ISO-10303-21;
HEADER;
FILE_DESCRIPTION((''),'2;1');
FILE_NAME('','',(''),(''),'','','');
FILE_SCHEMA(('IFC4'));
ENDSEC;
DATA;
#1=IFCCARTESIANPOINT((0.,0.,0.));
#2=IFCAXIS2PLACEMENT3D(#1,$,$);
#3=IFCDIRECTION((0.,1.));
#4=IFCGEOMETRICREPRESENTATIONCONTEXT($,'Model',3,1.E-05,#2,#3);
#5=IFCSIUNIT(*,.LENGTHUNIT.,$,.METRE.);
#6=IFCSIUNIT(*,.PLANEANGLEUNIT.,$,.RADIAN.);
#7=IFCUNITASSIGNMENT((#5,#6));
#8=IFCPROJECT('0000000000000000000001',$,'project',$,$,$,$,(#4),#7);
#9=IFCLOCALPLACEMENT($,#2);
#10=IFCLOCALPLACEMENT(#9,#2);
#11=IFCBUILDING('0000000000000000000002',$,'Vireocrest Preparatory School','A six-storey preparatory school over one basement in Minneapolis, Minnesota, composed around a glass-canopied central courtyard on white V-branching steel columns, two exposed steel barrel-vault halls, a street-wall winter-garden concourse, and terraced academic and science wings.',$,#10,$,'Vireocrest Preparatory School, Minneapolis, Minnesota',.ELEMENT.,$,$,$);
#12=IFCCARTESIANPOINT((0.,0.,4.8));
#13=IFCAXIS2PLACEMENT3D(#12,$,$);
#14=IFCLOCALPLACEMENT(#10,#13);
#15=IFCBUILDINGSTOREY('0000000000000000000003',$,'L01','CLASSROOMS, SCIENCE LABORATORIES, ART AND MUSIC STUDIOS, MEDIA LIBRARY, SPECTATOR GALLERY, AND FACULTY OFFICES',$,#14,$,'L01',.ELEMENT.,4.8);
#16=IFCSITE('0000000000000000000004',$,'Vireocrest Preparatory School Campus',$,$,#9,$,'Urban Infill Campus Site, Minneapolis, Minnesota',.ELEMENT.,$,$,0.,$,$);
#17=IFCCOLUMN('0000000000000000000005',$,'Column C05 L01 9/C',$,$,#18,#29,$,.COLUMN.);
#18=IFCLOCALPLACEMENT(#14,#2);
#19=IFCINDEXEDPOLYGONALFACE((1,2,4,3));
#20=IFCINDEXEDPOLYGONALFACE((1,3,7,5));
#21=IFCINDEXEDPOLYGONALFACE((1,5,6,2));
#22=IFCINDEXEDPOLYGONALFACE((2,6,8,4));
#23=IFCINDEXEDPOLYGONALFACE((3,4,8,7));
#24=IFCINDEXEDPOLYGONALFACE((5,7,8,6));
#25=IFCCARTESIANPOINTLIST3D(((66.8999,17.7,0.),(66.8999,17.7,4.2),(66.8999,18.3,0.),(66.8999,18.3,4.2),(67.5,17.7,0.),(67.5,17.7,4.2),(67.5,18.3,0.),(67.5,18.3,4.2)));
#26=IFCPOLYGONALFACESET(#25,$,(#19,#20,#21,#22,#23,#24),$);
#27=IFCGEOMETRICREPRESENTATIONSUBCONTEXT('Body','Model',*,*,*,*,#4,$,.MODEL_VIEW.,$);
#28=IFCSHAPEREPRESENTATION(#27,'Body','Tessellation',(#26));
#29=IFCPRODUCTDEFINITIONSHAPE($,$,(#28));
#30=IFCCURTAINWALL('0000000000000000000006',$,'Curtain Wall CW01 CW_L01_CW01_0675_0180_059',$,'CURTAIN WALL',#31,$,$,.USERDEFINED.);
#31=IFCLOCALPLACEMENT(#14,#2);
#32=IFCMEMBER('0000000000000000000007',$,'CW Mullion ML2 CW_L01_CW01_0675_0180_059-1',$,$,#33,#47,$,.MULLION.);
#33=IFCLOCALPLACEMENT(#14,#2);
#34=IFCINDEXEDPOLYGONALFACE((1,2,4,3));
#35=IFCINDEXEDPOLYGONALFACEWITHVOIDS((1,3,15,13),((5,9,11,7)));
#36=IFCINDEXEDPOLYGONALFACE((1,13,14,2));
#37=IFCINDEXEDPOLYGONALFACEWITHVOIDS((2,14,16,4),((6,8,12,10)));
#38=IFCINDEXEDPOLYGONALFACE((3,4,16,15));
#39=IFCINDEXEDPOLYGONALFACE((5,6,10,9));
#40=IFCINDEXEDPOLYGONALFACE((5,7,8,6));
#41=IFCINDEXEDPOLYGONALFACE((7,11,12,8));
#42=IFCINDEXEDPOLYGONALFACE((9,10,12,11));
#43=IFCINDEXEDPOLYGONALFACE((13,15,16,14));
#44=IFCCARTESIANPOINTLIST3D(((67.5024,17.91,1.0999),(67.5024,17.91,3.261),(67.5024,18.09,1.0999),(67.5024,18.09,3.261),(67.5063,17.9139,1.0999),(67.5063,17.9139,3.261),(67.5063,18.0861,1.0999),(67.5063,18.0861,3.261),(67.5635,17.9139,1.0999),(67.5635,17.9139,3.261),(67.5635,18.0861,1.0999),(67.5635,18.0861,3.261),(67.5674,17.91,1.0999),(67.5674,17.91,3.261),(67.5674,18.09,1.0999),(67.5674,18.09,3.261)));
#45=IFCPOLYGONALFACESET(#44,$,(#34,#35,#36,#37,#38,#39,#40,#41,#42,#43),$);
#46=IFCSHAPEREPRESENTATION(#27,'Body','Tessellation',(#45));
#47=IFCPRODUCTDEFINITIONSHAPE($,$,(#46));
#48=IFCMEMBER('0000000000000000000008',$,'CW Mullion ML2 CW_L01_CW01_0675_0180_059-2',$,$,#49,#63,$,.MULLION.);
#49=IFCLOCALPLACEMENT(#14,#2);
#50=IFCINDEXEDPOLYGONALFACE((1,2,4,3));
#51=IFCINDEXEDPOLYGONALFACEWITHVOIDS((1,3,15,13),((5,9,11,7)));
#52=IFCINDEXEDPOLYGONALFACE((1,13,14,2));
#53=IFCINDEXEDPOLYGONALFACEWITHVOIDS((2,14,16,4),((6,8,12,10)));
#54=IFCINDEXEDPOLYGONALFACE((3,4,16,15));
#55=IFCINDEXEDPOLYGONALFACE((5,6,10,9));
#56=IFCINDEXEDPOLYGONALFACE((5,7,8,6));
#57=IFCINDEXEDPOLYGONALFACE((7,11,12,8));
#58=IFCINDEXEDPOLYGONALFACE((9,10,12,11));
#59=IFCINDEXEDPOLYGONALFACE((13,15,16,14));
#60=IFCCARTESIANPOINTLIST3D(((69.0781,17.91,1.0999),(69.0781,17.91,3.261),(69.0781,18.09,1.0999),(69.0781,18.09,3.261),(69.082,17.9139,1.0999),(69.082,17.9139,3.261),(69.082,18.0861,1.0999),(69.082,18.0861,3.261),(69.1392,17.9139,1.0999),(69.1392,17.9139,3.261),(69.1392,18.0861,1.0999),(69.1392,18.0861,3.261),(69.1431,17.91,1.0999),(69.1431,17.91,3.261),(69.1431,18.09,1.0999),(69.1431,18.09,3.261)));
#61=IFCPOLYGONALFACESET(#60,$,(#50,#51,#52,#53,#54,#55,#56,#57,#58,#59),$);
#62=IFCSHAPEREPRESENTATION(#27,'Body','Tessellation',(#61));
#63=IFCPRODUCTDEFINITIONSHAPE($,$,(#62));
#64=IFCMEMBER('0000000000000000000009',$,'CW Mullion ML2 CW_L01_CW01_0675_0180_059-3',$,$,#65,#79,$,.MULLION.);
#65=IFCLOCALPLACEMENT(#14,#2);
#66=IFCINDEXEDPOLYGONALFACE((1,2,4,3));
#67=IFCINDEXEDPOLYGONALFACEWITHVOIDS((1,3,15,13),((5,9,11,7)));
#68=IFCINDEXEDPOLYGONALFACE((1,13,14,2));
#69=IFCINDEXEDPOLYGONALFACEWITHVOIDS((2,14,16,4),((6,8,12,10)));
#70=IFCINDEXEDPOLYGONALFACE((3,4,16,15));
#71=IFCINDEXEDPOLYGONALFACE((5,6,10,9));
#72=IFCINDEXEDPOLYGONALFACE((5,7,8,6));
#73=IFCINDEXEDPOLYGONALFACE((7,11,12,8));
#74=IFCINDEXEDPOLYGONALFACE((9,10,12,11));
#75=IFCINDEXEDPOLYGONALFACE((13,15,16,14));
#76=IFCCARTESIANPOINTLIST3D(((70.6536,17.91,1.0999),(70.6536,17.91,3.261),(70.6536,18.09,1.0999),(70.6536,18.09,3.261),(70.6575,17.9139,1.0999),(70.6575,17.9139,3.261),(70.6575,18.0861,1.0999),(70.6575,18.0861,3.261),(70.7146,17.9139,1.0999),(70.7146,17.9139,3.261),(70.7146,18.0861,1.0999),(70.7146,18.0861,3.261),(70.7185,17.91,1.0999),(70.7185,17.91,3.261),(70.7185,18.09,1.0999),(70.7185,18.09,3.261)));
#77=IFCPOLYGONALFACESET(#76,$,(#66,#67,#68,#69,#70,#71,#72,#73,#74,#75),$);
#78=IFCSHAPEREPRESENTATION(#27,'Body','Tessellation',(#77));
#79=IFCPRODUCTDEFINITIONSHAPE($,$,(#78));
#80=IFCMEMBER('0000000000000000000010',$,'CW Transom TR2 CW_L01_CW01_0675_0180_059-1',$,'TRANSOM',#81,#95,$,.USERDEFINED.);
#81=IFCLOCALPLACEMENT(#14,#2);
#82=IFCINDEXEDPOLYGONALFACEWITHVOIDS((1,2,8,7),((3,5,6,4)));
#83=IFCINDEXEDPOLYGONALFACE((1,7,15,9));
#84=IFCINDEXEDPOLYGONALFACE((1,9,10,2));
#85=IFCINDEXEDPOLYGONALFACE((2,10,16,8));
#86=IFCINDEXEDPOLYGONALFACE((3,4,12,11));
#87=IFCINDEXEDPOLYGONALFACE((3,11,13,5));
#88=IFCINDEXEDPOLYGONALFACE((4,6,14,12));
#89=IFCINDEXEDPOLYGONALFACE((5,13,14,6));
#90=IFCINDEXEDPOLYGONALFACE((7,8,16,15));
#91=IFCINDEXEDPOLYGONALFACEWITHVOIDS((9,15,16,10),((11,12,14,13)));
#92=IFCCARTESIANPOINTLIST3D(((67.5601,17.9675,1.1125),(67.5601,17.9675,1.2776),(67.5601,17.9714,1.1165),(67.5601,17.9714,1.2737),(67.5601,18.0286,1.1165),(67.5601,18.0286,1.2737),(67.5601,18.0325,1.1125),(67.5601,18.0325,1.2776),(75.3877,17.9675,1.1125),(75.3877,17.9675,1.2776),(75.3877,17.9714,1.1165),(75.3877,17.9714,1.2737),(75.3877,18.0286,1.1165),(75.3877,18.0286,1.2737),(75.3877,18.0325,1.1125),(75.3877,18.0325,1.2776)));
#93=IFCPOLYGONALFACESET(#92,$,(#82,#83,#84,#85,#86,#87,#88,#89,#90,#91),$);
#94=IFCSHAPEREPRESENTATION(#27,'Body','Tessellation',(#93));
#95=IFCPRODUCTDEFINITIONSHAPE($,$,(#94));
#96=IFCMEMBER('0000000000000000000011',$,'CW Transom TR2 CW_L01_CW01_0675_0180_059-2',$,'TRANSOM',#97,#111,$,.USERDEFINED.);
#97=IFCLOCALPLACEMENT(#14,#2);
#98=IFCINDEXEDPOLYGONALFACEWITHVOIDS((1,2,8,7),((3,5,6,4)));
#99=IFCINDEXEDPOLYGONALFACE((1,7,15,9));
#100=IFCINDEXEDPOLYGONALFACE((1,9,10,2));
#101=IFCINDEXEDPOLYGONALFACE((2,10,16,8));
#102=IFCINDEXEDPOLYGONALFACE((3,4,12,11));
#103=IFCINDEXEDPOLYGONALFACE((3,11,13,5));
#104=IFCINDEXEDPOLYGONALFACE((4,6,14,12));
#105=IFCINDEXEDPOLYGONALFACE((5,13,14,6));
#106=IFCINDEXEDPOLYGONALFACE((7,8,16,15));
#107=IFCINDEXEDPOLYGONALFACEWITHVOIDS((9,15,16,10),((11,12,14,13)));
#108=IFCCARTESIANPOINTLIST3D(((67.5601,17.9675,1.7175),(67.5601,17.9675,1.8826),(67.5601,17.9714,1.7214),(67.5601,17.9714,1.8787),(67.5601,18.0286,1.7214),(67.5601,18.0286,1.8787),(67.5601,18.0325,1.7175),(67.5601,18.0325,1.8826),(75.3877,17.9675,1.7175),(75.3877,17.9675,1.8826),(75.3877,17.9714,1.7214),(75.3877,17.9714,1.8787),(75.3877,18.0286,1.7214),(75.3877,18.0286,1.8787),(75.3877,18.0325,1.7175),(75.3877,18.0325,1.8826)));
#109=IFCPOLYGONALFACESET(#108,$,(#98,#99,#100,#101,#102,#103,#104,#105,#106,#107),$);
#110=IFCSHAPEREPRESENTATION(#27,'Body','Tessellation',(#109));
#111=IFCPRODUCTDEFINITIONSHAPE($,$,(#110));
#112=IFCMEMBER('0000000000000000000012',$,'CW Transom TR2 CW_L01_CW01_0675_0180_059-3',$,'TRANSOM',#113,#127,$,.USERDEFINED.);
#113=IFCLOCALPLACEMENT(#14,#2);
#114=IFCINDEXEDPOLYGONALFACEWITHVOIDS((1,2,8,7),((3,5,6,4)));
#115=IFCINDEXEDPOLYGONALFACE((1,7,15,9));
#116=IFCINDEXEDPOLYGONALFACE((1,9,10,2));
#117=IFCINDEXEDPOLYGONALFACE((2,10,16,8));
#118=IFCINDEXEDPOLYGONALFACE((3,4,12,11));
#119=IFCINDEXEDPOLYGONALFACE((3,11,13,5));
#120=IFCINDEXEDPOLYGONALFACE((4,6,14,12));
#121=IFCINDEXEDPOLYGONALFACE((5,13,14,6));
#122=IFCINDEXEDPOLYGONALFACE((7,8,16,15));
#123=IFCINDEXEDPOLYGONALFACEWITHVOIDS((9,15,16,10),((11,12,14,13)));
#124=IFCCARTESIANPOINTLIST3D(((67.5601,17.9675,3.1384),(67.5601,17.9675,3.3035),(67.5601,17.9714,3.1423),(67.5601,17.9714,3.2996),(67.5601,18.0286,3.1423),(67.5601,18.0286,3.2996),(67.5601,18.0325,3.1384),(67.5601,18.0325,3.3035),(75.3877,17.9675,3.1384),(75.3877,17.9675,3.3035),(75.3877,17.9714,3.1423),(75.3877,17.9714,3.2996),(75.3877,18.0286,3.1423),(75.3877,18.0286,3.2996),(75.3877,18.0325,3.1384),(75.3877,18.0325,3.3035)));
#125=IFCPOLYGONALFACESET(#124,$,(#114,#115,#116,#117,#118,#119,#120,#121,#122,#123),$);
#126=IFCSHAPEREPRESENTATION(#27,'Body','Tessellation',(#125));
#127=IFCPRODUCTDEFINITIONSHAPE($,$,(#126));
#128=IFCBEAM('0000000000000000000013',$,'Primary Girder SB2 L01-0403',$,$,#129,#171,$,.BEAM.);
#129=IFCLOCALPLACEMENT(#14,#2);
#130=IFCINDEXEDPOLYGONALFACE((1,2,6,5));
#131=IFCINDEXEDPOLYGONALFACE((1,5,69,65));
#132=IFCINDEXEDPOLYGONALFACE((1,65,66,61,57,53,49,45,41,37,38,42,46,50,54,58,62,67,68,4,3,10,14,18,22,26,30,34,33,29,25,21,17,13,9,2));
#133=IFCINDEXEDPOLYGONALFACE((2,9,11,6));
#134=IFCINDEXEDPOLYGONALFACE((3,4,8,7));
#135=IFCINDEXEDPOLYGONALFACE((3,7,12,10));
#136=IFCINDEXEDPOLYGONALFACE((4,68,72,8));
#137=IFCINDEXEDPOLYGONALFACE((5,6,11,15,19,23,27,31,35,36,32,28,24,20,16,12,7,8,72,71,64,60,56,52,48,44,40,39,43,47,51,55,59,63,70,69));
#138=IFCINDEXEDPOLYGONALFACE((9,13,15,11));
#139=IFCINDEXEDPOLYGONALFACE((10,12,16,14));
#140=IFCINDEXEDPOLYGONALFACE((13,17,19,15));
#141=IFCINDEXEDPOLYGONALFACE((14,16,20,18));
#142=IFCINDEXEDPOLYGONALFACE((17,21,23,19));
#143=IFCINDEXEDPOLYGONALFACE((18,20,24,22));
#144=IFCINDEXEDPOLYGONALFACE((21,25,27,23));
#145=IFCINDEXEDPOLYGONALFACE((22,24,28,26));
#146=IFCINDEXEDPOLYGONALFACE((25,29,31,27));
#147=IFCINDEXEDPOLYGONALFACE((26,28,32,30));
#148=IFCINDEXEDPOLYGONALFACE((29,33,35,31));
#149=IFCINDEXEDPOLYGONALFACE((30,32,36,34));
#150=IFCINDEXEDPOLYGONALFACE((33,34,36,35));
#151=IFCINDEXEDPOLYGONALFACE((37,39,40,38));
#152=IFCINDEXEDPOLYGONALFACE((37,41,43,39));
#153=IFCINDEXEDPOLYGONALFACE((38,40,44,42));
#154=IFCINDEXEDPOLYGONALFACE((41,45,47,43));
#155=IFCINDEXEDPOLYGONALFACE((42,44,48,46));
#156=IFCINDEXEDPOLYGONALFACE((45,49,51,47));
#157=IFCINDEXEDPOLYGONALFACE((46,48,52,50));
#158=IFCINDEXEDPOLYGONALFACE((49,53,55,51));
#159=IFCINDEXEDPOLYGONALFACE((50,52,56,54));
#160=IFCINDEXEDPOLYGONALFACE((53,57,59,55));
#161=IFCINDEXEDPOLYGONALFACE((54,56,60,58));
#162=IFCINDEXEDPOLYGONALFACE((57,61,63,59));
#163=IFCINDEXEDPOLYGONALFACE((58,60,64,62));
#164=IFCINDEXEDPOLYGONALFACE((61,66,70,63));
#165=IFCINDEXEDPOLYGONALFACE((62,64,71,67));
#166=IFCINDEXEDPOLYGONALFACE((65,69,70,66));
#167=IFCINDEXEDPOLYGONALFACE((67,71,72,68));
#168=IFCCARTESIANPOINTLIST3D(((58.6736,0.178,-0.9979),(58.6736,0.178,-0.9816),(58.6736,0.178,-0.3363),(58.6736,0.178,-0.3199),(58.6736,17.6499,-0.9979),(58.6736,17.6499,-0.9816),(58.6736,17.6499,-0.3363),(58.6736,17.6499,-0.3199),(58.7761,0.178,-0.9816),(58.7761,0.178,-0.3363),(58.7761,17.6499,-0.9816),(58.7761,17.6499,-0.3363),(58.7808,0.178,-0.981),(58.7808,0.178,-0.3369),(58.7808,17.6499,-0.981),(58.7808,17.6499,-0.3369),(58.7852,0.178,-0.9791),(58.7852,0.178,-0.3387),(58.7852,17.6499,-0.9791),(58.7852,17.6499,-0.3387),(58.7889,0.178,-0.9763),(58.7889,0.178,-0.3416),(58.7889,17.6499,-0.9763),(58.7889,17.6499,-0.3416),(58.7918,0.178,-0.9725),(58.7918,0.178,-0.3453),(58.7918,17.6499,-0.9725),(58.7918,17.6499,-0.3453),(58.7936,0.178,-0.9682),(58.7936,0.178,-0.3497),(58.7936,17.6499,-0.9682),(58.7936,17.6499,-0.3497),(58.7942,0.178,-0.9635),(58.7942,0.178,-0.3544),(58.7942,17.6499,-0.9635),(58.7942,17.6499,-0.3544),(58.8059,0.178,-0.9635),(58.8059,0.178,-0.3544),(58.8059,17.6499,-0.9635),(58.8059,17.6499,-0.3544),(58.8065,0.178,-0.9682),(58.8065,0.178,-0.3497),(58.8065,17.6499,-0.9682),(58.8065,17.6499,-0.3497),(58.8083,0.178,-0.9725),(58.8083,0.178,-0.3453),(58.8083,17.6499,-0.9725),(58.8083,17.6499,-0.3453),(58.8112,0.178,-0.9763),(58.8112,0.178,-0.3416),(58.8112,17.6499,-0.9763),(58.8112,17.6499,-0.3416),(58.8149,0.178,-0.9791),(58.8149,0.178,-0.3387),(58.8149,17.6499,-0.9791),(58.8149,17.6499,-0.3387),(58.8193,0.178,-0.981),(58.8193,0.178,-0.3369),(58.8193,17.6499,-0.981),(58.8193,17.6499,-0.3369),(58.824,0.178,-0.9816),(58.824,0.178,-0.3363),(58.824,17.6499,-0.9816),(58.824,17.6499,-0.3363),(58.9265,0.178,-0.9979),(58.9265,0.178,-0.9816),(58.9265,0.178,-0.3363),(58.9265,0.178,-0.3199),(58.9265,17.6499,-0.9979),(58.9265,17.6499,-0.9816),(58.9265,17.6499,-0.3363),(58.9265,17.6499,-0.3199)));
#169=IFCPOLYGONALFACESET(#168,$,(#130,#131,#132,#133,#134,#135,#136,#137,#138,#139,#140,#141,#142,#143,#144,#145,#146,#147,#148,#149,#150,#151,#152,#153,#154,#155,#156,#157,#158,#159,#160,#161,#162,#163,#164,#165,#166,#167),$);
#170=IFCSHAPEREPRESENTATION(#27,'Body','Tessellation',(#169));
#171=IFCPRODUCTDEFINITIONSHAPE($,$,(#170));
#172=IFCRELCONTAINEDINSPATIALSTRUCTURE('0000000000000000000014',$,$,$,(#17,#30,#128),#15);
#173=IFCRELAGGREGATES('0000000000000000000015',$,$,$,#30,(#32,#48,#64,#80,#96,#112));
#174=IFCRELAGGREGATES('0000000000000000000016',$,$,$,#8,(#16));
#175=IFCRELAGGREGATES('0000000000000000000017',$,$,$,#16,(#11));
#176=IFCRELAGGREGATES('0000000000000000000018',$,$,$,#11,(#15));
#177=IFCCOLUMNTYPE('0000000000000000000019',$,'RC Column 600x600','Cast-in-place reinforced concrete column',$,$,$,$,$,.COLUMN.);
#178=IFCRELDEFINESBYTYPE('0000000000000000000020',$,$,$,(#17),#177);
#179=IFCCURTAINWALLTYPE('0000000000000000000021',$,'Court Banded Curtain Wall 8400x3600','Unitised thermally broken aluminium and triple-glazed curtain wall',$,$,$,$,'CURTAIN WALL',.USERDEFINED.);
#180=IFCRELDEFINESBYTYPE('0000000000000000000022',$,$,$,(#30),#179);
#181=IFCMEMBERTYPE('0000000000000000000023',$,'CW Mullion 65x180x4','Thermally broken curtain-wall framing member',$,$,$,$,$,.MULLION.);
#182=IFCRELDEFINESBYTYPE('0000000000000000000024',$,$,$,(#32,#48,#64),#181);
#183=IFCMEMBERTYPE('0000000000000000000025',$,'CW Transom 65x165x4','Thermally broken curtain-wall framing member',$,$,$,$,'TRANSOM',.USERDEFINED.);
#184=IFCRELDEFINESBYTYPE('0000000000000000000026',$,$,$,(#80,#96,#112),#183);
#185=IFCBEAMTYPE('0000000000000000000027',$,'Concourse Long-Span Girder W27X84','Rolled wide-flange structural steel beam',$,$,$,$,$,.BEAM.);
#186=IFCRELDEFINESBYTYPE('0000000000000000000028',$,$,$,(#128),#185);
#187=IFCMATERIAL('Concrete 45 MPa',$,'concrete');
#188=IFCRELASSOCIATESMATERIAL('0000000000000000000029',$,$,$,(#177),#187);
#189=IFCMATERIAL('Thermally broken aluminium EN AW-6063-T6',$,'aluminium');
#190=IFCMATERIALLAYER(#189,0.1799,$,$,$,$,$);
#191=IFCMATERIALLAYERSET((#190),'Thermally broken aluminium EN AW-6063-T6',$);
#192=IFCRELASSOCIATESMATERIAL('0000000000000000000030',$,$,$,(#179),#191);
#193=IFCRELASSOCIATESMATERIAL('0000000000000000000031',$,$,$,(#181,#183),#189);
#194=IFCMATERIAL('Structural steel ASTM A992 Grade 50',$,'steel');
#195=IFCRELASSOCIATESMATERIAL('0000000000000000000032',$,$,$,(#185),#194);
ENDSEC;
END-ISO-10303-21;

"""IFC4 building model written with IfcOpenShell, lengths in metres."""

from ifc_helpers import new_model, si_unit, direction, frame, origin, origin_2d, place, context, subcontext, project, spatial, rectangle, hollow_rectangle, i_section, extrude, material, layer, layer_set, material_profile, profile_set, type_object, element, aggregate, save


model = new_model("IFC4")

# Units and contexts
model_context = context("Model", 3, precision=1e-05, world=origin(), true_north=direction((0.0, 1.0)))
body_context = subcontext(model_context, "Body", "Model", "MODEL_VIEW")
ifc_project = project(units=[si_unit("LENGTHUNIT", "METRE"), si_unit("PLANEANGLEUNIT", "RADIAN")], contexts=[model_context])

# Site, building, storey
site_placement = place(None, origin())
site = spatial("IfcSite", under=ifc_project, at=site_placement, Name="Vireocrest Preparatory School Campus", LongName="Urban Infill Campus Site, Minneapolis, Minnesota", CompositionType="ELEMENT", RefElevation=0.0)
building_placement = place(site_placement, origin())
building = spatial("IfcBuilding", under=site, at=building_placement, Name="Vireocrest Preparatory School", Description="A six-storey preparatory school over one basement in Minneapolis, Minnesota, composed around a glass-canopied central courtyard on white V-branching steel columns, two exposed steel barrel-vault halls, a street-wall winter-garden concourse, and terraced academic and science wings.", LongName="Vireocrest Preparatory School, Minneapolis, Minnesota", CompositionType="ELEMENT")
storey_placement = place(building_placement, frame((0.0, 0.0, 4.8)))
storey = spatial("IfcBuildingStorey", under=building, at=storey_placement, Name="L01", Description="CLASSROOMS, SCIENCE LABORATORIES, ART AND MUSIC STUDIOS, MEDIA LIBRARY, SPECTATOR GALLERY, AND FACULTY OFFICES", LongName="L01", CompositionType="ELEMENT", Elevation=4.8)

# Column
ifc_material_1 = material(Name="Concrete 45 MPa", Category="concrete")
ifc_material_profile_1 = material_profile(ifc_material_1, rectangle(XDim=0.6001, YDim=0.6001, at=origin_2d()), Name="RC 600x600")
ifc_profile_set_1 = profile_set([ifc_material_profile_1], Name="Concrete 45 MPa")
column_type = type_object("IfcColumnType", Name="RC Column 600x600", Description="Cast-in-place reinforced concrete column", PredefinedType="COLUMN", material=ifc_profile_set_1)
column_placement = place(storey_placement, frame((67.2, 18.0, 0.0), z_axis=(0.0, 0.0, 1.0), x_axis=(1.0, 0.0, 0.0)))
element("IfcColumn", 1, at=column_placement, inside=storey, type_object=column_type, Name="Column C05 L01 9/C", PredefinedType="COLUMN", context=body_context, shape_type="SweptSolid", body=[
    extrude(rectangle(XDim=0.6001, YDim=0.6001, at=origin_2d()), origin(), (0.0, 0.0, 1.0), 4.2),
])

# Curtain wall, members
ifc_material_2 = material(Name="Thermally broken aluminium EN AW-6063-T6", Category="aluminium")
ifc_layer_1 = layer(ifc_material_2, 0.1799)
ifc_layer_set_1 = layer_set([ifc_layer_1], Name="Thermally broken aluminium EN AW-6063-T6")
curtain_wall_type = type_object("IfcCurtainWallType", Name="Court Banded Curtain Wall 8400x3600", Description="Unitised thermally broken aluminium and triple-glazed curtain wall", ElementType="CURTAIN WALL", PredefinedType="USERDEFINED", material=ifc_layer_set_1)
curtain_wall_placement = place(storey_placement, origin())
curtain_wall = element("IfcCurtainWall", 2, at=curtain_wall_placement, inside=storey, type_object=curtain_wall_type, Name="Curtain Wall CW01 CW_L01_CW01_0675_0180_059", ObjectType="CURTAIN WALL", PredefinedType="USERDEFINED")
ifc_material_profile_2 = material_profile(ifc_material_2, hollow_rectangle(XDim=0.0649, YDim=0.1799, WallThickness=0.0039, at=origin_2d()), Name="ALU 65x180x4")
ifc_profile_set_2 = profile_set([ifc_material_profile_2], Name="Thermally broken aluminium EN AW-6063-T6")
member_type_1 = type_object("IfcMemberType", Name="CW Mullion 65x180x4", Description="Thermally broken curtain-wall framing member", PredefinedType="MULLION", material=ifc_profile_set_2)
member_1_placement = place(storey_placement, frame((67.5349, 18.0, 1.0999), z_axis=(0.0, 0.0, 1.0), x_axis=(1.0, 0.0, 0.0)))
member_1 = element("IfcMember", 3, at=member_1_placement, type_object=member_type_1, Name="CW Mullion ML2 CW_L01_CW01_0675_0180_059-1", PredefinedType="MULLION", context=body_context, shape_type="SweptSolid", body=[
    extrude(hollow_rectangle(XDim=0.0649, YDim=0.1799, WallThickness=0.0039, at=origin_2d()), origin(), (0.0, 0.0, 1.0), 2.1611),
])
member_2_placement = place(storey_placement, frame((69.1106, 18.0, 1.0999), z_axis=(0.0, 0.0, 1.0), x_axis=(1.0, 0.0, 0.0)))
member_2 = element("IfcMember", 4, at=member_2_placement, type_object=member_type_1, Name="CW Mullion ML2 CW_L01_CW01_0675_0180_059-2", PredefinedType="MULLION", context=body_context, shape_type="SweptSolid", body=[
    extrude(hollow_rectangle(XDim=0.0649, YDim=0.1799, WallThickness=0.0039, at=origin_2d()), origin(), (0.0, 0.0, 1.0), 2.1611),
])
member_3_placement = place(storey_placement, frame((70.686, 18.0, 1.0999), z_axis=(0.0, 0.0, 1.0), x_axis=(1.0, 0.0, 0.0)))
member_3 = element("IfcMember", 5, at=member_3_placement, type_object=member_type_1, Name="CW Mullion ML2 CW_L01_CW01_0675_0180_059-3", PredefinedType="MULLION", context=body_context, shape_type="SweptSolid", body=[
    extrude(hollow_rectangle(XDim=0.0649, YDim=0.1799, WallThickness=0.0039, at=origin_2d()), origin(), (0.0, 0.0, 1.0), 2.1611),
])
ifc_material_profile_3 = material_profile(ifc_material_2, hollow_rectangle(XDim=0.0649, YDim=0.165, WallThickness=0.0039, at=origin_2d()), Name="ALU 65x165x4")
ifc_profile_set_3 = profile_set([ifc_material_profile_3], Name="Thermally broken aluminium EN AW-6063-T6")
member_type_2 = type_object("IfcMemberType", Name="CW Transom 65x165x4", Description="Thermally broken curtain-wall framing member", ElementType="TRANSOM", PredefinedType="USERDEFINED", material=ifc_profile_set_3)
member_4_placement = place(storey_placement, frame((67.5601, 18.0, 1.1951), z_axis=(1.0, 0.0, 0.0), x_axis=(0.0, 1.0, 0.0)))
member_4 = element("IfcMember", 6, at=member_4_placement, type_object=member_type_2, Name="CW Transom TR2 CW_L01_CW01_0675_0180_059-1", ObjectType="TRANSOM", PredefinedType="USERDEFINED", context=body_context, shape_type="SweptSolid", body=[
    extrude(hollow_rectangle(XDim=0.0649, YDim=0.165, WallThickness=0.0039, at=origin_2d()), origin(), (0.0, 0.0, 1.0), 7.8276),
])
member_5_placement = place(storey_placement, frame((67.5601, 18.0, 1.8), z_axis=(1.0, 0.0, 0.0), x_axis=(0.0, 1.0, 0.0)))
member_5 = element("IfcMember", 7, at=member_5_placement, type_object=member_type_2, Name="CW Transom TR2 CW_L01_CW01_0675_0180_059-2", ObjectType="TRANSOM", PredefinedType="USERDEFINED", context=body_context, shape_type="SweptSolid", body=[
    extrude(hollow_rectangle(XDim=0.0649, YDim=0.165, WallThickness=0.0039, at=origin_2d()), origin(), (0.0, 0.0, 1.0), 7.8276),
])
member_6_placement = place(storey_placement, frame((67.5601, 18.0, 3.2209), z_axis=(1.0, 0.0, 0.0), x_axis=(0.0, 1.0, 0.0)))
member_6 = element("IfcMember", 8, at=member_6_placement, type_object=member_type_2, Name="CW Transom TR2 CW_L01_CW01_0675_0180_059-3", ObjectType="TRANSOM", PredefinedType="USERDEFINED", context=body_context, shape_type="SweptSolid", body=[
    extrude(hollow_rectangle(XDim=0.0649, YDim=0.165, WallThickness=0.0039, at=origin_2d()), origin(), (0.0, 0.0, 1.0), 7.8276),
])

# Beam
ifc_material_3 = material(Name="Structural steel ASTM A992 Grade 50", Category="steel")
ifc_material_profile_4 = material_profile(ifc_material_3, i_section(OverallWidth=0.2529, OverallDepth=0.678, WebThickness=0.0117, FlangeThickness=0.0164, FilletRadius=0.0181, at=origin_2d()), Name="W27X84")
ifc_profile_set_4 = profile_set([ifc_material_profile_4], Name="Structural steel ASTM A992 Grade 50")
beam_type_1 = type_object("IfcBeamType", Name="Concourse Long-Span Girder W27X84", Description="Rolled wide-flange structural steel beam", PredefinedType="BEAM", material=ifc_profile_set_4)
for number, where, z_axis, x_axis, name in (
    (9, (58.8, 0.178, -0.6589), (0.0, 1.0, 0.0), (-1.0, 0.0, 0.0), "Primary Girder SB2 L01-0403"),
):
    element("IfcBeam", number, at=place(storey_placement, frame(where, z_axis=z_axis, x_axis=x_axis)), inside=storey, type_object=beam_type_1, Name=name, PredefinedType="BEAM", context=body_context, shape_type="SweptSolid", body=[
        extrude(i_section(OverallWidth=0.2529, OverallDepth=0.678, WebThickness=0.0117, FlangeThickness=0.0164, FilletRadius=0.0181, at=origin_2d()), origin(), (0.0, 0.0, 1.0), 17.4719),
    ])

aggregate(curtain_wall, [member_1, member_2, member_3, member_4, member_5, member_6])

save(model, "model.ifc")
